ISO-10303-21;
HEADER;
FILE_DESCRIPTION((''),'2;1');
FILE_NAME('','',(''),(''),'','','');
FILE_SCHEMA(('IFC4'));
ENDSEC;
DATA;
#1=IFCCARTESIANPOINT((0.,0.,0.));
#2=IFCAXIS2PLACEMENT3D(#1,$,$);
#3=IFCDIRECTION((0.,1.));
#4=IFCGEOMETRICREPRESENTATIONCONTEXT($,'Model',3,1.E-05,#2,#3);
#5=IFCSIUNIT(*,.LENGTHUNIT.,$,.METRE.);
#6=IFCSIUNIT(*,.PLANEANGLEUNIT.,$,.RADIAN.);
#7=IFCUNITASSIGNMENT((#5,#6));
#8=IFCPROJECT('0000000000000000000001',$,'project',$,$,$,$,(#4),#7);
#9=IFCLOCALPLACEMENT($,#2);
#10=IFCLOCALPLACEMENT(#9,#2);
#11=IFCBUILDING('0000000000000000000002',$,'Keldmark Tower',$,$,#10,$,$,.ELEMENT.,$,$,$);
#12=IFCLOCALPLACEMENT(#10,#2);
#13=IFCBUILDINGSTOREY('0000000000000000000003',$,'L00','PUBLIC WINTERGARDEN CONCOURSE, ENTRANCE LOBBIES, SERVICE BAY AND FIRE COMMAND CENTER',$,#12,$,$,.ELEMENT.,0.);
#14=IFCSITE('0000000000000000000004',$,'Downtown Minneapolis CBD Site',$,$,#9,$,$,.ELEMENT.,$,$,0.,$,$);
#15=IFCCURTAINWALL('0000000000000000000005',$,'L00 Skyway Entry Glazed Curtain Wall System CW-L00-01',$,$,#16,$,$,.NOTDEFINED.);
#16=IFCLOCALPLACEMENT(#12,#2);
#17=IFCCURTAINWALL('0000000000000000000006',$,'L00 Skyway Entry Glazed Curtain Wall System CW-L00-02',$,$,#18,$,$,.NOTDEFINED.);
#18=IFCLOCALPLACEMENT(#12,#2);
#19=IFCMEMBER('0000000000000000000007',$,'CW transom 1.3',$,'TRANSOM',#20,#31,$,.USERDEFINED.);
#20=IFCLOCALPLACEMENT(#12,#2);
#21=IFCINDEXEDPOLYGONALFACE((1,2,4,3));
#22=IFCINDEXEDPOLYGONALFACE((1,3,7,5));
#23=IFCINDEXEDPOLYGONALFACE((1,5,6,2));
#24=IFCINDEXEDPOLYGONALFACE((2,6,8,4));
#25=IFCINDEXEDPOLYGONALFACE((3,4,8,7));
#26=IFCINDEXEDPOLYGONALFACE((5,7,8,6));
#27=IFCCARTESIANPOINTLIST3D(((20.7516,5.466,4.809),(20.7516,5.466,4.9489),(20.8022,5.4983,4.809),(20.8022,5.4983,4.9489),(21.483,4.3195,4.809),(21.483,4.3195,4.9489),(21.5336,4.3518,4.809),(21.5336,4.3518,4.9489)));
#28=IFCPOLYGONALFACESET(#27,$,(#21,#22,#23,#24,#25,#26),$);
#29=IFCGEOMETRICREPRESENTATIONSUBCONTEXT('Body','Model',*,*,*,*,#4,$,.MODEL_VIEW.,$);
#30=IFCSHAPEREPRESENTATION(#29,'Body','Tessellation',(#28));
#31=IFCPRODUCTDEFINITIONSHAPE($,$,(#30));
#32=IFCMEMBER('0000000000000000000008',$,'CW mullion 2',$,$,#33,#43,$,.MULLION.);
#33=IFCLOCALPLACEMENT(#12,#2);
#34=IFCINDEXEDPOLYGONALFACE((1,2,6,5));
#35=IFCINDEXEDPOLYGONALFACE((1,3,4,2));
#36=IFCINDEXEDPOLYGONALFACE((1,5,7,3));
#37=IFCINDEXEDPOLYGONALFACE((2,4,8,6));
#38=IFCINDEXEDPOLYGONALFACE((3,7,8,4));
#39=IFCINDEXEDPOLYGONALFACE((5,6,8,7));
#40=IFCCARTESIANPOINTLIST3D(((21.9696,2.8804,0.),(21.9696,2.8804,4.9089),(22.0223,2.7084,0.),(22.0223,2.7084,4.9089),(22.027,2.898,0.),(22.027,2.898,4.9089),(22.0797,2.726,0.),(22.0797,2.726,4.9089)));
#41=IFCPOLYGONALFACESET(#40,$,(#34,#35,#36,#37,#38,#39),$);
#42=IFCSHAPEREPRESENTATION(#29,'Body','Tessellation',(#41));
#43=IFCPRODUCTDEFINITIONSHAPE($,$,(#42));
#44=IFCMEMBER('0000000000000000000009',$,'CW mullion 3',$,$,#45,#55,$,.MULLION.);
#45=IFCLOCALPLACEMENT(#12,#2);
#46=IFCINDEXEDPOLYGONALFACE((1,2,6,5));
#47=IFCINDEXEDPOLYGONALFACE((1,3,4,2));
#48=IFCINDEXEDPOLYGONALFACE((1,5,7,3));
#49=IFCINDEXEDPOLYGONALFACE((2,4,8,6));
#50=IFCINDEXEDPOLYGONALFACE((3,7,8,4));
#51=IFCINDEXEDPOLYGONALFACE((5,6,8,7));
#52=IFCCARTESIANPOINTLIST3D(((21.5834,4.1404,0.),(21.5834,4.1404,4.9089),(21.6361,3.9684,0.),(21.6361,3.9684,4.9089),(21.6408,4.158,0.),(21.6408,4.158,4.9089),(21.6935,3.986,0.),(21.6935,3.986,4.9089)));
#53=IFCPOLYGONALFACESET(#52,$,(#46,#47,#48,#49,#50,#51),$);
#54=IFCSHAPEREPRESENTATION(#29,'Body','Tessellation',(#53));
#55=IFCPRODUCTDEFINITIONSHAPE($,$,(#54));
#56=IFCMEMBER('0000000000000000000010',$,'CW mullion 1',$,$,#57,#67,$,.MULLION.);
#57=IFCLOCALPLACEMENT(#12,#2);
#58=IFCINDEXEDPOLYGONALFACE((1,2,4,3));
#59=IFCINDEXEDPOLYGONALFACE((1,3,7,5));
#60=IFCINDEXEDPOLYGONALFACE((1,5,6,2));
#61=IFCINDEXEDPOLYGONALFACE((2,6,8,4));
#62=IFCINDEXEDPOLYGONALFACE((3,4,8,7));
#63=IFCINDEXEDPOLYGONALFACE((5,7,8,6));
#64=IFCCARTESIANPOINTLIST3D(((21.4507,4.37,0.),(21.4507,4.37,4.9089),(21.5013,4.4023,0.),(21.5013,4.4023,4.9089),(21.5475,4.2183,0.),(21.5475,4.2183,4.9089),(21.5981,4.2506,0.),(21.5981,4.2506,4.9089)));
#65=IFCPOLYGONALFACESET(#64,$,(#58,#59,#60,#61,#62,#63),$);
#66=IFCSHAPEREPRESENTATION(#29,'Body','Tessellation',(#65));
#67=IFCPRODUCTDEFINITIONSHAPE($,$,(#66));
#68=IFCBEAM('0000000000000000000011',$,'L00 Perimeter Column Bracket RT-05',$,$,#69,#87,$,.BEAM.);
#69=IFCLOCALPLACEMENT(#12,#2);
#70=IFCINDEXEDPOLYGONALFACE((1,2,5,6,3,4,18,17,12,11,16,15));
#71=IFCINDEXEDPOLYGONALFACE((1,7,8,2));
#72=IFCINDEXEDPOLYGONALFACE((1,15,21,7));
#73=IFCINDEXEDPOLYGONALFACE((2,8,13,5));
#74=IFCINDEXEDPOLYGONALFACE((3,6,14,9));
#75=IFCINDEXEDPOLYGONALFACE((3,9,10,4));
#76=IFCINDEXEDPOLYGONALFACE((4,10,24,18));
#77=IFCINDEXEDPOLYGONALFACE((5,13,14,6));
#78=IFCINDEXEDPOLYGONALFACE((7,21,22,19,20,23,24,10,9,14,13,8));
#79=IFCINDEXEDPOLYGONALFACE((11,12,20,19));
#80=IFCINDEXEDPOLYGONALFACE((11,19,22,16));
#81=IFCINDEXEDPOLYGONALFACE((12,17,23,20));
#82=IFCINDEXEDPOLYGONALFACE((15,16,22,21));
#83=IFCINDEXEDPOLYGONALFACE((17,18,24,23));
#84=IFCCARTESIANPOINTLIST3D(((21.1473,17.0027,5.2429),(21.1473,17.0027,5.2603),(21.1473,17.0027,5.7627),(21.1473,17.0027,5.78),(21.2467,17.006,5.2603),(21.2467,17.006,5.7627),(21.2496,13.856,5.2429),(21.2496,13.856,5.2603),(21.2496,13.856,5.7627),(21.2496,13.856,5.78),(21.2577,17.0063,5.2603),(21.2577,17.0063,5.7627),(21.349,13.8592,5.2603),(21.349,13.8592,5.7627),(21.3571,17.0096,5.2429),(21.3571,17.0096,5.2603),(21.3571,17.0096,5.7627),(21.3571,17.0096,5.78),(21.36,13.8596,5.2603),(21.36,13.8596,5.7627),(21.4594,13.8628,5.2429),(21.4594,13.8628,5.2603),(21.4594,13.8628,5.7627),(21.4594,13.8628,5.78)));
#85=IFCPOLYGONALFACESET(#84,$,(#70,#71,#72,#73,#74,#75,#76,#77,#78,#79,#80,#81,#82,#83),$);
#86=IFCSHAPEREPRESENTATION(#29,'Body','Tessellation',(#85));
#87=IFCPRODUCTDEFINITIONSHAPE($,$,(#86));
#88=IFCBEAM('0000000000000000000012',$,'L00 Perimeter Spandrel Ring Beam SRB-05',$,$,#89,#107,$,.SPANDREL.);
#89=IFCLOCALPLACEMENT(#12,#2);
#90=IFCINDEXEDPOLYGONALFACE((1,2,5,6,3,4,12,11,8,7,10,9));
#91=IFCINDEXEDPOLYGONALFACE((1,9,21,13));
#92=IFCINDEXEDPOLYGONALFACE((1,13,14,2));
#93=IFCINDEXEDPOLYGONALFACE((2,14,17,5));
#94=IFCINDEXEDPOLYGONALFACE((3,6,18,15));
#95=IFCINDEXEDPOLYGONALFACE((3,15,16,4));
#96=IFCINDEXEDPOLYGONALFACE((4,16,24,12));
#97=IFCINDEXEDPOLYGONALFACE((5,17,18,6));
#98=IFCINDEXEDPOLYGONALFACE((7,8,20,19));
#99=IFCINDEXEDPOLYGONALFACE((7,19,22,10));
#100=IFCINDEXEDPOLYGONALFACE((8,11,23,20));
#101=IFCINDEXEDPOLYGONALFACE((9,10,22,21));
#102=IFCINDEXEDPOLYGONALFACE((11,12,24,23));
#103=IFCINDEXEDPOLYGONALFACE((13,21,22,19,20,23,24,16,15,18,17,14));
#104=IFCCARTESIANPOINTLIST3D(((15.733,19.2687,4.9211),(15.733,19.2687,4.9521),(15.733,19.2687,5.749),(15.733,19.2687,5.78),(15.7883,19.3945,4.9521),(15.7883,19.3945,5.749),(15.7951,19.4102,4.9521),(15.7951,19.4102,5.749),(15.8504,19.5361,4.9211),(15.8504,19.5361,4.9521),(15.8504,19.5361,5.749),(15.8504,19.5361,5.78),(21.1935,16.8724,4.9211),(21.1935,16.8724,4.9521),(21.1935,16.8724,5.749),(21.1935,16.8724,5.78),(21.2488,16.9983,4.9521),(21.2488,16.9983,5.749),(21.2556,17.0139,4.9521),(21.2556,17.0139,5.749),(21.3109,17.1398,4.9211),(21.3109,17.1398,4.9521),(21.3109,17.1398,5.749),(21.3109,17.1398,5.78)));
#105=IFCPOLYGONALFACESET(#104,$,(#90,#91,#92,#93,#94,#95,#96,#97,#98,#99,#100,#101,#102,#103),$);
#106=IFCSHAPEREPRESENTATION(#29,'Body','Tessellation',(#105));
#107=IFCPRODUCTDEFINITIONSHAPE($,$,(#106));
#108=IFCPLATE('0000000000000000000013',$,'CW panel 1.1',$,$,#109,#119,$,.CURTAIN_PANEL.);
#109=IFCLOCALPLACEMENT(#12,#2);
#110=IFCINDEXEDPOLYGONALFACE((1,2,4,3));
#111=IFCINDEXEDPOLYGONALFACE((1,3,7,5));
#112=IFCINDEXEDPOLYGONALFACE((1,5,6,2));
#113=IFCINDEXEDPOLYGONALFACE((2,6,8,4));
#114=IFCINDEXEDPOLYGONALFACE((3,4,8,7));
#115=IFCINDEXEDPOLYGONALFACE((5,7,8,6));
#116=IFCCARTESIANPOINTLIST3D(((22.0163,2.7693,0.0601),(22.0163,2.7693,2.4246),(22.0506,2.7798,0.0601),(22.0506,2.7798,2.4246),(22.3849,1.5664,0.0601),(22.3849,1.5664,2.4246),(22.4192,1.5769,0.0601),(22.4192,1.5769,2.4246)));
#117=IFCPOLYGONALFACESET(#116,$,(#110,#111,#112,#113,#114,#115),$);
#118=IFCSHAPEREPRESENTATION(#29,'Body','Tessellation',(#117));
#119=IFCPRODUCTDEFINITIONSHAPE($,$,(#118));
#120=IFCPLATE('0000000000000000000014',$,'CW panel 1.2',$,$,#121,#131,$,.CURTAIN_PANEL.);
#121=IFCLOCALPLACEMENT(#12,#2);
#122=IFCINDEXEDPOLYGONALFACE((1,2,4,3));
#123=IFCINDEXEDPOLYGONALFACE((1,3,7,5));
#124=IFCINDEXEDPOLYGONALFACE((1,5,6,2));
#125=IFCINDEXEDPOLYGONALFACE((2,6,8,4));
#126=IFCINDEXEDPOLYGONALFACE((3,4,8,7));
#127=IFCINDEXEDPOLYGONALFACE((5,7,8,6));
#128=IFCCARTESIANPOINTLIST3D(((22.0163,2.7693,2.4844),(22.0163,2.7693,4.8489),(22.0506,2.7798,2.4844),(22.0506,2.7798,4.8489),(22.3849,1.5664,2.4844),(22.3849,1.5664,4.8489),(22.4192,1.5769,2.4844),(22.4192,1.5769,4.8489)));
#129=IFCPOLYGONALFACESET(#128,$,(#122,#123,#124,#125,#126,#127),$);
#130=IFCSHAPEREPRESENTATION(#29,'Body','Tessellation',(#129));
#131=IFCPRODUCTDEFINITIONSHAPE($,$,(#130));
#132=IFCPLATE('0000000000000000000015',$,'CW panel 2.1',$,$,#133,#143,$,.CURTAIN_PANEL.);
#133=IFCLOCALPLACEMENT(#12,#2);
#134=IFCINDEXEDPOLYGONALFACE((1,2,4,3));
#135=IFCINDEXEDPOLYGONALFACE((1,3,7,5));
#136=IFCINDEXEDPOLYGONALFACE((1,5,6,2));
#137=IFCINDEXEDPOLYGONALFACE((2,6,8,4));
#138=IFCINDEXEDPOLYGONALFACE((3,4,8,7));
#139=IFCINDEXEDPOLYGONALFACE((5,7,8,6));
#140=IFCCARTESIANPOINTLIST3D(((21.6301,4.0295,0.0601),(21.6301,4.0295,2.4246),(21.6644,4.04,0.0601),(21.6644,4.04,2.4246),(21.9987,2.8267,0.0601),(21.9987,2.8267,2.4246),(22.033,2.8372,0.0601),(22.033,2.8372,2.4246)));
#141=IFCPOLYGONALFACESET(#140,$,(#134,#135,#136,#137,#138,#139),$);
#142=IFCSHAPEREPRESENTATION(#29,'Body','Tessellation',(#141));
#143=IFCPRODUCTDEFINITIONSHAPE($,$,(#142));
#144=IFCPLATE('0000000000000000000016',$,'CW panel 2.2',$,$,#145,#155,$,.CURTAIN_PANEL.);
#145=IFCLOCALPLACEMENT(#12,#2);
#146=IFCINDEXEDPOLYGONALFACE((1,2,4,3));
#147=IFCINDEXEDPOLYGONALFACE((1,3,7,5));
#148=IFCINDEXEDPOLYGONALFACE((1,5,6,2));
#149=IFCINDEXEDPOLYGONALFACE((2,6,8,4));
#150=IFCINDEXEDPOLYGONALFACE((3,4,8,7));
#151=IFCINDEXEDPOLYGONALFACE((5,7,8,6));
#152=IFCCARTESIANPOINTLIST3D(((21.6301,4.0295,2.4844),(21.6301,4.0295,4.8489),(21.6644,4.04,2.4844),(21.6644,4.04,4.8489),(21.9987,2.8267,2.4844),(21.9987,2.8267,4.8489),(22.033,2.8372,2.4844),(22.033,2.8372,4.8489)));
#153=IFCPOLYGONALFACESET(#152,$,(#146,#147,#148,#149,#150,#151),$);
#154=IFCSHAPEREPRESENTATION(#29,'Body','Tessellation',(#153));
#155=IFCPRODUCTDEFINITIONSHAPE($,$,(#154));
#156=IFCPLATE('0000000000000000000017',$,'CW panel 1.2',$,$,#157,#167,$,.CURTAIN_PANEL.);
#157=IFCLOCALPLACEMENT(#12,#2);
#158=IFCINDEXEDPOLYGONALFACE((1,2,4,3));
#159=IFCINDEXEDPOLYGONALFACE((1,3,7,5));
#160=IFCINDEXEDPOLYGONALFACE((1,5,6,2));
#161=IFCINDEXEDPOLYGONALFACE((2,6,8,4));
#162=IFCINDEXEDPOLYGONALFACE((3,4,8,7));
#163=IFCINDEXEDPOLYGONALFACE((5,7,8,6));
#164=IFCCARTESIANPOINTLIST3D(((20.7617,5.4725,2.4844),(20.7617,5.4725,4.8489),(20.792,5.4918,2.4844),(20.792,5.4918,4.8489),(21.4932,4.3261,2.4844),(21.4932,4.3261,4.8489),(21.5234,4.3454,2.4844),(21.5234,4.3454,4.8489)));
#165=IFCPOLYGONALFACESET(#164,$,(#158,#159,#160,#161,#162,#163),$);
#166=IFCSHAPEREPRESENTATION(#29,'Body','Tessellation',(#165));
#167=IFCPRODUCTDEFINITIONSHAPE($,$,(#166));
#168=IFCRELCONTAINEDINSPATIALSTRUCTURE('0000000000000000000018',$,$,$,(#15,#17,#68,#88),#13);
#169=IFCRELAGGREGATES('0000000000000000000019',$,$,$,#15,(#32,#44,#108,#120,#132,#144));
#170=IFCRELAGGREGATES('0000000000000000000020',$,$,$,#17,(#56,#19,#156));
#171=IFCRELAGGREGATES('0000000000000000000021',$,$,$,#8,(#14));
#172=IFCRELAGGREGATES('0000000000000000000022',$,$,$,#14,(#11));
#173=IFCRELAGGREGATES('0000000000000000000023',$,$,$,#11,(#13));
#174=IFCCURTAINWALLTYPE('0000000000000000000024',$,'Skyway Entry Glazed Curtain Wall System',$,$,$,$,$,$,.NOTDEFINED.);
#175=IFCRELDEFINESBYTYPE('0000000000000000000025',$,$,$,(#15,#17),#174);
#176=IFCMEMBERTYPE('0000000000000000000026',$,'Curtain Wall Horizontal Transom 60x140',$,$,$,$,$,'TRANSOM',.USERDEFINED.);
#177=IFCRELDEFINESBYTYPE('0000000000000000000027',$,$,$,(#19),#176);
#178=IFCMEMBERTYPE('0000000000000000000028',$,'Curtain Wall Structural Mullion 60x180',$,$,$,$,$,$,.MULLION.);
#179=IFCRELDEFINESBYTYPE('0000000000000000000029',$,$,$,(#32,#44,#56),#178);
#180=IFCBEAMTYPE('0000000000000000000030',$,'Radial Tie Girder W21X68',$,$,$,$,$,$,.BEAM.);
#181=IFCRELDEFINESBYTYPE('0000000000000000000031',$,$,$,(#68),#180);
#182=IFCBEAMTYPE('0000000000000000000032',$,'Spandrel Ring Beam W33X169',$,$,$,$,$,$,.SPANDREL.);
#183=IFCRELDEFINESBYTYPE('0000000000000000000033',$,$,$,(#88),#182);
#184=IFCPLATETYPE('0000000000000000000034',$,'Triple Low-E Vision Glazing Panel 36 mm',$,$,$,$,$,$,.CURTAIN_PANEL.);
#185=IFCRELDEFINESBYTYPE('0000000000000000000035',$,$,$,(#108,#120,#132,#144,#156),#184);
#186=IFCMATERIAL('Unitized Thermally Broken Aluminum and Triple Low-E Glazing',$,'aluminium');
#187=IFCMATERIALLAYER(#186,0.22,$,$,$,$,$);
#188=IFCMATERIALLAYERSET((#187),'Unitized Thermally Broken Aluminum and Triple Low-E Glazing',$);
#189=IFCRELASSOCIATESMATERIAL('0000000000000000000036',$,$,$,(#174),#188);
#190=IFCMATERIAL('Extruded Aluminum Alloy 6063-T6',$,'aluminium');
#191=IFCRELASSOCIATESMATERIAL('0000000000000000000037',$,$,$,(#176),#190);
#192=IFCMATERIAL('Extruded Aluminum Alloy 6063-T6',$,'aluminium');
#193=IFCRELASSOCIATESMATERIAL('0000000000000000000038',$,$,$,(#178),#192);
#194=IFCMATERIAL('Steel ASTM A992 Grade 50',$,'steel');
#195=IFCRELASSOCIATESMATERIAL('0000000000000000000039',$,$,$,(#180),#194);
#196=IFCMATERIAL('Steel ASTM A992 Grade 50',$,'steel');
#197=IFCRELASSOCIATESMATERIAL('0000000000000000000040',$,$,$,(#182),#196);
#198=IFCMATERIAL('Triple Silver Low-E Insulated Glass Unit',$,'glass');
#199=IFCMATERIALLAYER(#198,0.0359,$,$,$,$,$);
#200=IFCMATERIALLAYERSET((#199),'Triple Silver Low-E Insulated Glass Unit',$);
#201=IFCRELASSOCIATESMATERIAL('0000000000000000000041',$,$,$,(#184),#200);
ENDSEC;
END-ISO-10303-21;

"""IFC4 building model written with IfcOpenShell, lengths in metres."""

from ifc_helpers import new_model, si_unit, direction, frame, origin, origin_2d, place, context, subcontext, project, spatial, rectangle, i_section, extrude, material, layer, layer_set, material_profile, profile_set, type_object, element, aggregate, save


model = new_model("IFC4")

# Units and contexts
model_context = context("Model", 3, precision=1e-05, world=origin(), true_north=direction((0.0, 1.0)))
body_context = subcontext(model_context, "Body", "Model", "MODEL_VIEW")
ifc_project = project(units=[si_unit("LENGTHUNIT", "METRE"), si_unit("PLANEANGLEUNIT", "RADIAN")], contexts=[model_context])

# Site, building, storey
site_placement = place(None, origin())
site = spatial("IfcSite", under=ifc_project, at=site_placement, Name="Downtown Minneapolis CBD Site", CompositionType="ELEMENT", RefElevation=0.0)
building_placement = place(site_placement, origin())
building = spatial("IfcBuilding", under=site, at=building_placement, Name="Keldmark Tower", CompositionType="ELEMENT")
storey_placement = place(building_placement, origin())
storey = spatial("IfcBuildingStorey", under=building, at=storey_placement, Name="L00", Description="PUBLIC WINTERGARDEN CONCOURSE, ENTRANCE LOBBIES, SERVICE BAY AND FIRE COMMAND CENTER", CompositionType="ELEMENT", Elevation=0.0)

# Curtain walls, member
ifc_material_1 = material(Name="Unitized Thermally Broken Aluminum and Triple Low-E Glazing", Category="aluminium")
ifc_layer_1 = layer(ifc_material_1, 0.22)
ifc_layer_set_1 = layer_set([ifc_layer_1], Name="Unitized Thermally Broken Aluminum and Triple Low-E Glazing")
curtain_wall_type = type_object("IfcCurtainWallType", Name="Skyway Entry Glazed Curtain Wall System", PredefinedType="NOTDEFINED", material=ifc_layer_set_1)
curtain_wall_1_placement = place(storey_placement, origin())
curtain_wall_1 = element("IfcCurtainWall", 1, at=curtain_wall_1_placement, inside=storey, type_object=curtain_wall_type, Name="L00 Skyway Entry Glazed Curtain Wall System CW-L00-01", PredefinedType="NOTDEFINED")
ifc_material_2 = material(Name="Extruded Aluminum Alloy 6063-T6", Category="aluminium")
ifc_material_profile_1 = material_profile(ifc_material_2, rectangle(XDim=0.0601, YDim=0.1399, at=origin_2d()), Name="CWT60X140")
ifc_profile_set_1 = profile_set([ifc_material_profile_1], Name="Extruded Aluminum Alloy 6063-T6")
member_type_1 = type_object("IfcMemberType", Name="Curtain Wall Horizontal Transom 60x140", ElementType="TRANSOM", PredefinedType="USERDEFINED", material=ifc_profile_set_1)
curtain_wall_2_placement = place(storey_placement, origin())
curtain_wall_2 = element("IfcCurtainWall", 2, at=curtain_wall_2_placement, inside=storey, type_object=curtain_wall_type, Name="L00 Skyway Entry Glazed Curtain Wall System CW-L00-02", PredefinedType="NOTDEFINED")
member_1_placement = place(storey_placement, frame((21.5083, 4.3357, 4.8789), z_axis=(-0.537851, 0.84304, 0.0), x_axis=(-0.84304, -0.537851, 0.0)))
member_1 = element("IfcMember", 3, at=member_1_placement, type_object=member_type_1, Name="CW transom 1.3", ObjectType="TRANSOM", PredefinedType="USERDEFINED", context=body_context, shape_type="SweptSolid", body=[
    extrude(rectangle(XDim=0.0601, YDim=0.1399, at=origin_2d()), origin(), (0.0, 0.0, 1.0), 1.3599),
])

# Members
ifc_material_3 = material(Name="Extruded Aluminum Alloy 6063-T6", Category="aluminium")
ifc_material_profile_2 = material_profile(ifc_material_3, rectangle(XDim=0.0601, YDim=0.1799, at=origin_2d()), Name="CWM60X180")
ifc_profile_set_2 = profile_set([ifc_material_profile_2], Name="Extruded Aluminum Alloy 6063-T6")
member_type_2 = type_object("IfcMemberType", Name="Curtain Wall Structural Mullion 60x180", PredefinedType="MULLION", material=ifc_profile_set_2)
member_2_placement = place(storey_placement, frame((22.0247, 2.8032, 0.0), z_axis=(0.0, 0.0, 1.0), x_axis=(-0.956106, -0.293022, 0.0)))
member_2 = element("IfcMember", 4, at=member_2_placement, type_object=member_type_2, Name="CW mullion 2", PredefinedType="MULLION", context=body_context, shape_type="SweptSolid", body=[
    extrude(rectangle(XDim=0.0601, YDim=0.1799, at=origin_2d()), origin(), (0.0, 0.0, 1.0), 4.9089),
])
member_3_placement = place(storey_placement, frame((21.6384, 4.0632, 0.0), z_axis=(0.0, 0.0, 1.0), x_axis=(-0.956106, -0.293022, 0.0)))
member_3 = element("IfcMember", 5, at=member_3_placement, type_object=member_type_2, Name="CW mullion 3", PredefinedType="MULLION", context=body_context, shape_type="SweptSolid", body=[
    extrude(rectangle(XDim=0.0601, YDim=0.1799, at=origin_2d()), origin(), (0.0, 0.0, 1.0), 4.9089),
])
member_4_placement = place(storey_placement, frame((21.5244, 4.3103, 0.0), z_axis=(0.0, 0.0, 1.0), x_axis=(-0.843003, -0.537908, 0.0)))
member_4 = element("IfcMember", 6, at=member_4_placement, type_object=member_type_2, Name="CW mullion 1", PredefinedType="MULLION", context=body_context, shape_type="SweptSolid", body=[
    extrude(rectangle(XDim=0.0601, YDim=0.1799, at=origin_2d()), origin(), (0.0, 0.0, 1.0), 4.9089),
])

# Beams
ifc_material_4 = material(Name="Steel ASTM A992 Grade 50", Category="steel")
ifc_material_profile_3 = material_profile(ifc_material_4, i_section(OverallWidth=0.21, OverallDepth=0.5371, WebThickness=0.011, FlangeThickness=0.0173, at=origin_2d()), Name="W21X68")
ifc_profile_set_3 = profile_set([ifc_material_profile_3], Name="Steel ASTM A992 Grade 50")
beam_type_1 = type_object("IfcBeamType", Name="Radial Tie Girder W21X68", PredefinedType="BEAM", material=ifc_profile_set_3)
beam_1_placement = place(storey_placement, frame((21.3545, 13.8594, 5.5115), z_axis=(-0.032491, 0.999472, 0.0), x_axis=(-0.999472, -0.032491, 0.0)))
element("IfcBeam", 7, at=beam_1_placement, inside=storey, type_object=beam_type_1, Name="L00 Perimeter Column Bracket RT-05", PredefinedType="BEAM", context=body_context, shape_type="SweptSolid", body=[
    extrude(i_section(OverallWidth=0.21, OverallDepth=0.5371, WebThickness=0.011, FlangeThickness=0.0173, at=origin_2d()), origin(), (0.0, 0.0, 1.0), 3.1484),
])
ifc_material_5 = material(Name="Steel ASTM A992 Grade 50", Category="steel")
ifc_material_profile_4 = material_profile(ifc_material_5, i_section(OverallWidth=0.292, OverallDepth=0.8589, WebThickness=0.0171, FlangeThickness=0.031, at=origin_2d()), Name="W33X169")
ifc_profile_set_4 = profile_set([ifc_material_profile_4], Name="Steel ASTM A992 Grade 50")
beam_type_2 = type_object("IfcBeamType", Name="Spandrel Ring Beam W33X169", PredefinedType="SPANDREL", material=ifc_profile_set_4)
beam_2_placement = place(storey_placement, frame((21.2522, 17.0061, 5.3506), z_axis=(-0.915708, 0.401845, 0.0), x_axis=(-0.401845, -0.915708, 0.0)))
element("IfcBeam", 8, at=beam_2_placement, inside=storey, type_object=beam_type_2, Name="L00 Perimeter Spandrel Ring Beam SRB-05", PredefinedType="SPANDREL", context=body_context, shape_type="SweptSolid", body=[
    extrude(i_section(OverallWidth=0.292, OverallDepth=0.8589, WebThickness=0.0171, FlangeThickness=0.031, at=origin_2d()), origin(), (0.0, 0.0, 1.0), 5.9631),
])

# Plates
ifc_material_6 = material(Name="Triple Silver Low-E Insulated Glass Unit", Category="glass")
ifc_layer_2 = layer(ifc_material_6, 0.0359)
ifc_layer_set_2 = layer_set([ifc_layer_2], Name="Triple Silver Low-E Insulated Glass Unit")
plate_type = type_object("IfcPlateType", Name="Triple Low-E Vision Glazing Panel 36 mm", PredefinedType="CURTAIN_PANEL", material=ifc_layer_set_2)
plate_1_placement = place(storey_placement, frame((22.2178, 2.1731, 0.0601), z_axis=(0.0, 0.0, 1.0), x_axis=(-0.293022, 0.956106, 0.0)))
plate_1 = element("IfcPlate", 9, at=plate_1_placement, type_object=plate_type, Name="CW panel 1.1", PredefinedType="CURTAIN_PANEL", context=body_context, shape_type="SweptSolid", body=[
    extrude(rectangle(XDim=1.2581, YDim=0.0359, at=origin_2d()), origin(), (0.0, 0.0, 1.0), 2.3645),
])
plate_2_placement = place(storey_placement, frame((22.2178, 2.1731, 2.4844), z_axis=(0.0, 0.0, 1.0), x_axis=(-0.293022, 0.956106, 0.0)))
plate_2 = element("IfcPlate", 10, at=plate_2_placement, type_object=plate_type, Name="CW panel 1.2", PredefinedType="CURTAIN_PANEL", context=body_context, shape_type="SweptSolid", body=[
    extrude(rectangle(XDim=1.2581, YDim=0.0359, at=origin_2d()), origin(), (0.0, 0.0, 1.0), 2.3645),
])
plate_3_placement = place(storey_placement, frame((21.8315, 3.4333, 0.0601), z_axis=(0.0, 0.0, 1.0), x_axis=(-0.293022, 0.956106, 0.0)))
plate_3 = element("IfcPlate", 11, at=plate_3_placement, type_object=plate_type, Name="CW panel 2.1", PredefinedType="CURTAIN_PANEL", context=body_context, shape_type="SweptSolid", body=[
    extrude(rectangle(XDim=1.2581, YDim=0.0359, at=origin_2d()), origin(), (0.0, 0.0, 1.0), 2.3645),
])
plate_4_placement = place(storey_placement, frame((21.8315, 3.4333, 2.4844), z_axis=(0.0, 0.0, 1.0), x_axis=(-0.293022, 0.956106, 0.0)))
plate_4 = element("IfcPlate", 12, at=plate_4_placement, type_object=plate_type, Name="CW panel 2.2", PredefinedType="CURTAIN_PANEL", context=body_context, shape_type="SweptSolid", body=[
    extrude(rectangle(XDim=1.2581, YDim=0.0359, at=origin_2d()), origin(), (0.0, 0.0, 1.0), 2.3645),
])
aggregate(curtain_wall_1, [member_2, member_3, plate_1, plate_2, plate_3, plate_4])
plate_5_placement = place(storey_placement, frame((21.1426, 4.9089, 2.4844), z_axis=(0.0, 0.0, 1.0), x_axis=(-0.537908, 0.843003, 0.0)))
plate_5 = element("IfcPlate", 13, at=plate_5_placement, type_object=plate_type, Name="CW panel 1.2", PredefinedType="CURTAIN_PANEL", context=body_context, shape_type="SweptSolid", body=[
    extrude(rectangle(XDim=1.3599, YDim=0.0359, at=origin_2d()), origin(), (0.0, 0.0, 1.0), 2.3645),
])
aggregate(curtain_wall_2, [member_4, member_1, plate_5])

save(model, "model.ifc")
